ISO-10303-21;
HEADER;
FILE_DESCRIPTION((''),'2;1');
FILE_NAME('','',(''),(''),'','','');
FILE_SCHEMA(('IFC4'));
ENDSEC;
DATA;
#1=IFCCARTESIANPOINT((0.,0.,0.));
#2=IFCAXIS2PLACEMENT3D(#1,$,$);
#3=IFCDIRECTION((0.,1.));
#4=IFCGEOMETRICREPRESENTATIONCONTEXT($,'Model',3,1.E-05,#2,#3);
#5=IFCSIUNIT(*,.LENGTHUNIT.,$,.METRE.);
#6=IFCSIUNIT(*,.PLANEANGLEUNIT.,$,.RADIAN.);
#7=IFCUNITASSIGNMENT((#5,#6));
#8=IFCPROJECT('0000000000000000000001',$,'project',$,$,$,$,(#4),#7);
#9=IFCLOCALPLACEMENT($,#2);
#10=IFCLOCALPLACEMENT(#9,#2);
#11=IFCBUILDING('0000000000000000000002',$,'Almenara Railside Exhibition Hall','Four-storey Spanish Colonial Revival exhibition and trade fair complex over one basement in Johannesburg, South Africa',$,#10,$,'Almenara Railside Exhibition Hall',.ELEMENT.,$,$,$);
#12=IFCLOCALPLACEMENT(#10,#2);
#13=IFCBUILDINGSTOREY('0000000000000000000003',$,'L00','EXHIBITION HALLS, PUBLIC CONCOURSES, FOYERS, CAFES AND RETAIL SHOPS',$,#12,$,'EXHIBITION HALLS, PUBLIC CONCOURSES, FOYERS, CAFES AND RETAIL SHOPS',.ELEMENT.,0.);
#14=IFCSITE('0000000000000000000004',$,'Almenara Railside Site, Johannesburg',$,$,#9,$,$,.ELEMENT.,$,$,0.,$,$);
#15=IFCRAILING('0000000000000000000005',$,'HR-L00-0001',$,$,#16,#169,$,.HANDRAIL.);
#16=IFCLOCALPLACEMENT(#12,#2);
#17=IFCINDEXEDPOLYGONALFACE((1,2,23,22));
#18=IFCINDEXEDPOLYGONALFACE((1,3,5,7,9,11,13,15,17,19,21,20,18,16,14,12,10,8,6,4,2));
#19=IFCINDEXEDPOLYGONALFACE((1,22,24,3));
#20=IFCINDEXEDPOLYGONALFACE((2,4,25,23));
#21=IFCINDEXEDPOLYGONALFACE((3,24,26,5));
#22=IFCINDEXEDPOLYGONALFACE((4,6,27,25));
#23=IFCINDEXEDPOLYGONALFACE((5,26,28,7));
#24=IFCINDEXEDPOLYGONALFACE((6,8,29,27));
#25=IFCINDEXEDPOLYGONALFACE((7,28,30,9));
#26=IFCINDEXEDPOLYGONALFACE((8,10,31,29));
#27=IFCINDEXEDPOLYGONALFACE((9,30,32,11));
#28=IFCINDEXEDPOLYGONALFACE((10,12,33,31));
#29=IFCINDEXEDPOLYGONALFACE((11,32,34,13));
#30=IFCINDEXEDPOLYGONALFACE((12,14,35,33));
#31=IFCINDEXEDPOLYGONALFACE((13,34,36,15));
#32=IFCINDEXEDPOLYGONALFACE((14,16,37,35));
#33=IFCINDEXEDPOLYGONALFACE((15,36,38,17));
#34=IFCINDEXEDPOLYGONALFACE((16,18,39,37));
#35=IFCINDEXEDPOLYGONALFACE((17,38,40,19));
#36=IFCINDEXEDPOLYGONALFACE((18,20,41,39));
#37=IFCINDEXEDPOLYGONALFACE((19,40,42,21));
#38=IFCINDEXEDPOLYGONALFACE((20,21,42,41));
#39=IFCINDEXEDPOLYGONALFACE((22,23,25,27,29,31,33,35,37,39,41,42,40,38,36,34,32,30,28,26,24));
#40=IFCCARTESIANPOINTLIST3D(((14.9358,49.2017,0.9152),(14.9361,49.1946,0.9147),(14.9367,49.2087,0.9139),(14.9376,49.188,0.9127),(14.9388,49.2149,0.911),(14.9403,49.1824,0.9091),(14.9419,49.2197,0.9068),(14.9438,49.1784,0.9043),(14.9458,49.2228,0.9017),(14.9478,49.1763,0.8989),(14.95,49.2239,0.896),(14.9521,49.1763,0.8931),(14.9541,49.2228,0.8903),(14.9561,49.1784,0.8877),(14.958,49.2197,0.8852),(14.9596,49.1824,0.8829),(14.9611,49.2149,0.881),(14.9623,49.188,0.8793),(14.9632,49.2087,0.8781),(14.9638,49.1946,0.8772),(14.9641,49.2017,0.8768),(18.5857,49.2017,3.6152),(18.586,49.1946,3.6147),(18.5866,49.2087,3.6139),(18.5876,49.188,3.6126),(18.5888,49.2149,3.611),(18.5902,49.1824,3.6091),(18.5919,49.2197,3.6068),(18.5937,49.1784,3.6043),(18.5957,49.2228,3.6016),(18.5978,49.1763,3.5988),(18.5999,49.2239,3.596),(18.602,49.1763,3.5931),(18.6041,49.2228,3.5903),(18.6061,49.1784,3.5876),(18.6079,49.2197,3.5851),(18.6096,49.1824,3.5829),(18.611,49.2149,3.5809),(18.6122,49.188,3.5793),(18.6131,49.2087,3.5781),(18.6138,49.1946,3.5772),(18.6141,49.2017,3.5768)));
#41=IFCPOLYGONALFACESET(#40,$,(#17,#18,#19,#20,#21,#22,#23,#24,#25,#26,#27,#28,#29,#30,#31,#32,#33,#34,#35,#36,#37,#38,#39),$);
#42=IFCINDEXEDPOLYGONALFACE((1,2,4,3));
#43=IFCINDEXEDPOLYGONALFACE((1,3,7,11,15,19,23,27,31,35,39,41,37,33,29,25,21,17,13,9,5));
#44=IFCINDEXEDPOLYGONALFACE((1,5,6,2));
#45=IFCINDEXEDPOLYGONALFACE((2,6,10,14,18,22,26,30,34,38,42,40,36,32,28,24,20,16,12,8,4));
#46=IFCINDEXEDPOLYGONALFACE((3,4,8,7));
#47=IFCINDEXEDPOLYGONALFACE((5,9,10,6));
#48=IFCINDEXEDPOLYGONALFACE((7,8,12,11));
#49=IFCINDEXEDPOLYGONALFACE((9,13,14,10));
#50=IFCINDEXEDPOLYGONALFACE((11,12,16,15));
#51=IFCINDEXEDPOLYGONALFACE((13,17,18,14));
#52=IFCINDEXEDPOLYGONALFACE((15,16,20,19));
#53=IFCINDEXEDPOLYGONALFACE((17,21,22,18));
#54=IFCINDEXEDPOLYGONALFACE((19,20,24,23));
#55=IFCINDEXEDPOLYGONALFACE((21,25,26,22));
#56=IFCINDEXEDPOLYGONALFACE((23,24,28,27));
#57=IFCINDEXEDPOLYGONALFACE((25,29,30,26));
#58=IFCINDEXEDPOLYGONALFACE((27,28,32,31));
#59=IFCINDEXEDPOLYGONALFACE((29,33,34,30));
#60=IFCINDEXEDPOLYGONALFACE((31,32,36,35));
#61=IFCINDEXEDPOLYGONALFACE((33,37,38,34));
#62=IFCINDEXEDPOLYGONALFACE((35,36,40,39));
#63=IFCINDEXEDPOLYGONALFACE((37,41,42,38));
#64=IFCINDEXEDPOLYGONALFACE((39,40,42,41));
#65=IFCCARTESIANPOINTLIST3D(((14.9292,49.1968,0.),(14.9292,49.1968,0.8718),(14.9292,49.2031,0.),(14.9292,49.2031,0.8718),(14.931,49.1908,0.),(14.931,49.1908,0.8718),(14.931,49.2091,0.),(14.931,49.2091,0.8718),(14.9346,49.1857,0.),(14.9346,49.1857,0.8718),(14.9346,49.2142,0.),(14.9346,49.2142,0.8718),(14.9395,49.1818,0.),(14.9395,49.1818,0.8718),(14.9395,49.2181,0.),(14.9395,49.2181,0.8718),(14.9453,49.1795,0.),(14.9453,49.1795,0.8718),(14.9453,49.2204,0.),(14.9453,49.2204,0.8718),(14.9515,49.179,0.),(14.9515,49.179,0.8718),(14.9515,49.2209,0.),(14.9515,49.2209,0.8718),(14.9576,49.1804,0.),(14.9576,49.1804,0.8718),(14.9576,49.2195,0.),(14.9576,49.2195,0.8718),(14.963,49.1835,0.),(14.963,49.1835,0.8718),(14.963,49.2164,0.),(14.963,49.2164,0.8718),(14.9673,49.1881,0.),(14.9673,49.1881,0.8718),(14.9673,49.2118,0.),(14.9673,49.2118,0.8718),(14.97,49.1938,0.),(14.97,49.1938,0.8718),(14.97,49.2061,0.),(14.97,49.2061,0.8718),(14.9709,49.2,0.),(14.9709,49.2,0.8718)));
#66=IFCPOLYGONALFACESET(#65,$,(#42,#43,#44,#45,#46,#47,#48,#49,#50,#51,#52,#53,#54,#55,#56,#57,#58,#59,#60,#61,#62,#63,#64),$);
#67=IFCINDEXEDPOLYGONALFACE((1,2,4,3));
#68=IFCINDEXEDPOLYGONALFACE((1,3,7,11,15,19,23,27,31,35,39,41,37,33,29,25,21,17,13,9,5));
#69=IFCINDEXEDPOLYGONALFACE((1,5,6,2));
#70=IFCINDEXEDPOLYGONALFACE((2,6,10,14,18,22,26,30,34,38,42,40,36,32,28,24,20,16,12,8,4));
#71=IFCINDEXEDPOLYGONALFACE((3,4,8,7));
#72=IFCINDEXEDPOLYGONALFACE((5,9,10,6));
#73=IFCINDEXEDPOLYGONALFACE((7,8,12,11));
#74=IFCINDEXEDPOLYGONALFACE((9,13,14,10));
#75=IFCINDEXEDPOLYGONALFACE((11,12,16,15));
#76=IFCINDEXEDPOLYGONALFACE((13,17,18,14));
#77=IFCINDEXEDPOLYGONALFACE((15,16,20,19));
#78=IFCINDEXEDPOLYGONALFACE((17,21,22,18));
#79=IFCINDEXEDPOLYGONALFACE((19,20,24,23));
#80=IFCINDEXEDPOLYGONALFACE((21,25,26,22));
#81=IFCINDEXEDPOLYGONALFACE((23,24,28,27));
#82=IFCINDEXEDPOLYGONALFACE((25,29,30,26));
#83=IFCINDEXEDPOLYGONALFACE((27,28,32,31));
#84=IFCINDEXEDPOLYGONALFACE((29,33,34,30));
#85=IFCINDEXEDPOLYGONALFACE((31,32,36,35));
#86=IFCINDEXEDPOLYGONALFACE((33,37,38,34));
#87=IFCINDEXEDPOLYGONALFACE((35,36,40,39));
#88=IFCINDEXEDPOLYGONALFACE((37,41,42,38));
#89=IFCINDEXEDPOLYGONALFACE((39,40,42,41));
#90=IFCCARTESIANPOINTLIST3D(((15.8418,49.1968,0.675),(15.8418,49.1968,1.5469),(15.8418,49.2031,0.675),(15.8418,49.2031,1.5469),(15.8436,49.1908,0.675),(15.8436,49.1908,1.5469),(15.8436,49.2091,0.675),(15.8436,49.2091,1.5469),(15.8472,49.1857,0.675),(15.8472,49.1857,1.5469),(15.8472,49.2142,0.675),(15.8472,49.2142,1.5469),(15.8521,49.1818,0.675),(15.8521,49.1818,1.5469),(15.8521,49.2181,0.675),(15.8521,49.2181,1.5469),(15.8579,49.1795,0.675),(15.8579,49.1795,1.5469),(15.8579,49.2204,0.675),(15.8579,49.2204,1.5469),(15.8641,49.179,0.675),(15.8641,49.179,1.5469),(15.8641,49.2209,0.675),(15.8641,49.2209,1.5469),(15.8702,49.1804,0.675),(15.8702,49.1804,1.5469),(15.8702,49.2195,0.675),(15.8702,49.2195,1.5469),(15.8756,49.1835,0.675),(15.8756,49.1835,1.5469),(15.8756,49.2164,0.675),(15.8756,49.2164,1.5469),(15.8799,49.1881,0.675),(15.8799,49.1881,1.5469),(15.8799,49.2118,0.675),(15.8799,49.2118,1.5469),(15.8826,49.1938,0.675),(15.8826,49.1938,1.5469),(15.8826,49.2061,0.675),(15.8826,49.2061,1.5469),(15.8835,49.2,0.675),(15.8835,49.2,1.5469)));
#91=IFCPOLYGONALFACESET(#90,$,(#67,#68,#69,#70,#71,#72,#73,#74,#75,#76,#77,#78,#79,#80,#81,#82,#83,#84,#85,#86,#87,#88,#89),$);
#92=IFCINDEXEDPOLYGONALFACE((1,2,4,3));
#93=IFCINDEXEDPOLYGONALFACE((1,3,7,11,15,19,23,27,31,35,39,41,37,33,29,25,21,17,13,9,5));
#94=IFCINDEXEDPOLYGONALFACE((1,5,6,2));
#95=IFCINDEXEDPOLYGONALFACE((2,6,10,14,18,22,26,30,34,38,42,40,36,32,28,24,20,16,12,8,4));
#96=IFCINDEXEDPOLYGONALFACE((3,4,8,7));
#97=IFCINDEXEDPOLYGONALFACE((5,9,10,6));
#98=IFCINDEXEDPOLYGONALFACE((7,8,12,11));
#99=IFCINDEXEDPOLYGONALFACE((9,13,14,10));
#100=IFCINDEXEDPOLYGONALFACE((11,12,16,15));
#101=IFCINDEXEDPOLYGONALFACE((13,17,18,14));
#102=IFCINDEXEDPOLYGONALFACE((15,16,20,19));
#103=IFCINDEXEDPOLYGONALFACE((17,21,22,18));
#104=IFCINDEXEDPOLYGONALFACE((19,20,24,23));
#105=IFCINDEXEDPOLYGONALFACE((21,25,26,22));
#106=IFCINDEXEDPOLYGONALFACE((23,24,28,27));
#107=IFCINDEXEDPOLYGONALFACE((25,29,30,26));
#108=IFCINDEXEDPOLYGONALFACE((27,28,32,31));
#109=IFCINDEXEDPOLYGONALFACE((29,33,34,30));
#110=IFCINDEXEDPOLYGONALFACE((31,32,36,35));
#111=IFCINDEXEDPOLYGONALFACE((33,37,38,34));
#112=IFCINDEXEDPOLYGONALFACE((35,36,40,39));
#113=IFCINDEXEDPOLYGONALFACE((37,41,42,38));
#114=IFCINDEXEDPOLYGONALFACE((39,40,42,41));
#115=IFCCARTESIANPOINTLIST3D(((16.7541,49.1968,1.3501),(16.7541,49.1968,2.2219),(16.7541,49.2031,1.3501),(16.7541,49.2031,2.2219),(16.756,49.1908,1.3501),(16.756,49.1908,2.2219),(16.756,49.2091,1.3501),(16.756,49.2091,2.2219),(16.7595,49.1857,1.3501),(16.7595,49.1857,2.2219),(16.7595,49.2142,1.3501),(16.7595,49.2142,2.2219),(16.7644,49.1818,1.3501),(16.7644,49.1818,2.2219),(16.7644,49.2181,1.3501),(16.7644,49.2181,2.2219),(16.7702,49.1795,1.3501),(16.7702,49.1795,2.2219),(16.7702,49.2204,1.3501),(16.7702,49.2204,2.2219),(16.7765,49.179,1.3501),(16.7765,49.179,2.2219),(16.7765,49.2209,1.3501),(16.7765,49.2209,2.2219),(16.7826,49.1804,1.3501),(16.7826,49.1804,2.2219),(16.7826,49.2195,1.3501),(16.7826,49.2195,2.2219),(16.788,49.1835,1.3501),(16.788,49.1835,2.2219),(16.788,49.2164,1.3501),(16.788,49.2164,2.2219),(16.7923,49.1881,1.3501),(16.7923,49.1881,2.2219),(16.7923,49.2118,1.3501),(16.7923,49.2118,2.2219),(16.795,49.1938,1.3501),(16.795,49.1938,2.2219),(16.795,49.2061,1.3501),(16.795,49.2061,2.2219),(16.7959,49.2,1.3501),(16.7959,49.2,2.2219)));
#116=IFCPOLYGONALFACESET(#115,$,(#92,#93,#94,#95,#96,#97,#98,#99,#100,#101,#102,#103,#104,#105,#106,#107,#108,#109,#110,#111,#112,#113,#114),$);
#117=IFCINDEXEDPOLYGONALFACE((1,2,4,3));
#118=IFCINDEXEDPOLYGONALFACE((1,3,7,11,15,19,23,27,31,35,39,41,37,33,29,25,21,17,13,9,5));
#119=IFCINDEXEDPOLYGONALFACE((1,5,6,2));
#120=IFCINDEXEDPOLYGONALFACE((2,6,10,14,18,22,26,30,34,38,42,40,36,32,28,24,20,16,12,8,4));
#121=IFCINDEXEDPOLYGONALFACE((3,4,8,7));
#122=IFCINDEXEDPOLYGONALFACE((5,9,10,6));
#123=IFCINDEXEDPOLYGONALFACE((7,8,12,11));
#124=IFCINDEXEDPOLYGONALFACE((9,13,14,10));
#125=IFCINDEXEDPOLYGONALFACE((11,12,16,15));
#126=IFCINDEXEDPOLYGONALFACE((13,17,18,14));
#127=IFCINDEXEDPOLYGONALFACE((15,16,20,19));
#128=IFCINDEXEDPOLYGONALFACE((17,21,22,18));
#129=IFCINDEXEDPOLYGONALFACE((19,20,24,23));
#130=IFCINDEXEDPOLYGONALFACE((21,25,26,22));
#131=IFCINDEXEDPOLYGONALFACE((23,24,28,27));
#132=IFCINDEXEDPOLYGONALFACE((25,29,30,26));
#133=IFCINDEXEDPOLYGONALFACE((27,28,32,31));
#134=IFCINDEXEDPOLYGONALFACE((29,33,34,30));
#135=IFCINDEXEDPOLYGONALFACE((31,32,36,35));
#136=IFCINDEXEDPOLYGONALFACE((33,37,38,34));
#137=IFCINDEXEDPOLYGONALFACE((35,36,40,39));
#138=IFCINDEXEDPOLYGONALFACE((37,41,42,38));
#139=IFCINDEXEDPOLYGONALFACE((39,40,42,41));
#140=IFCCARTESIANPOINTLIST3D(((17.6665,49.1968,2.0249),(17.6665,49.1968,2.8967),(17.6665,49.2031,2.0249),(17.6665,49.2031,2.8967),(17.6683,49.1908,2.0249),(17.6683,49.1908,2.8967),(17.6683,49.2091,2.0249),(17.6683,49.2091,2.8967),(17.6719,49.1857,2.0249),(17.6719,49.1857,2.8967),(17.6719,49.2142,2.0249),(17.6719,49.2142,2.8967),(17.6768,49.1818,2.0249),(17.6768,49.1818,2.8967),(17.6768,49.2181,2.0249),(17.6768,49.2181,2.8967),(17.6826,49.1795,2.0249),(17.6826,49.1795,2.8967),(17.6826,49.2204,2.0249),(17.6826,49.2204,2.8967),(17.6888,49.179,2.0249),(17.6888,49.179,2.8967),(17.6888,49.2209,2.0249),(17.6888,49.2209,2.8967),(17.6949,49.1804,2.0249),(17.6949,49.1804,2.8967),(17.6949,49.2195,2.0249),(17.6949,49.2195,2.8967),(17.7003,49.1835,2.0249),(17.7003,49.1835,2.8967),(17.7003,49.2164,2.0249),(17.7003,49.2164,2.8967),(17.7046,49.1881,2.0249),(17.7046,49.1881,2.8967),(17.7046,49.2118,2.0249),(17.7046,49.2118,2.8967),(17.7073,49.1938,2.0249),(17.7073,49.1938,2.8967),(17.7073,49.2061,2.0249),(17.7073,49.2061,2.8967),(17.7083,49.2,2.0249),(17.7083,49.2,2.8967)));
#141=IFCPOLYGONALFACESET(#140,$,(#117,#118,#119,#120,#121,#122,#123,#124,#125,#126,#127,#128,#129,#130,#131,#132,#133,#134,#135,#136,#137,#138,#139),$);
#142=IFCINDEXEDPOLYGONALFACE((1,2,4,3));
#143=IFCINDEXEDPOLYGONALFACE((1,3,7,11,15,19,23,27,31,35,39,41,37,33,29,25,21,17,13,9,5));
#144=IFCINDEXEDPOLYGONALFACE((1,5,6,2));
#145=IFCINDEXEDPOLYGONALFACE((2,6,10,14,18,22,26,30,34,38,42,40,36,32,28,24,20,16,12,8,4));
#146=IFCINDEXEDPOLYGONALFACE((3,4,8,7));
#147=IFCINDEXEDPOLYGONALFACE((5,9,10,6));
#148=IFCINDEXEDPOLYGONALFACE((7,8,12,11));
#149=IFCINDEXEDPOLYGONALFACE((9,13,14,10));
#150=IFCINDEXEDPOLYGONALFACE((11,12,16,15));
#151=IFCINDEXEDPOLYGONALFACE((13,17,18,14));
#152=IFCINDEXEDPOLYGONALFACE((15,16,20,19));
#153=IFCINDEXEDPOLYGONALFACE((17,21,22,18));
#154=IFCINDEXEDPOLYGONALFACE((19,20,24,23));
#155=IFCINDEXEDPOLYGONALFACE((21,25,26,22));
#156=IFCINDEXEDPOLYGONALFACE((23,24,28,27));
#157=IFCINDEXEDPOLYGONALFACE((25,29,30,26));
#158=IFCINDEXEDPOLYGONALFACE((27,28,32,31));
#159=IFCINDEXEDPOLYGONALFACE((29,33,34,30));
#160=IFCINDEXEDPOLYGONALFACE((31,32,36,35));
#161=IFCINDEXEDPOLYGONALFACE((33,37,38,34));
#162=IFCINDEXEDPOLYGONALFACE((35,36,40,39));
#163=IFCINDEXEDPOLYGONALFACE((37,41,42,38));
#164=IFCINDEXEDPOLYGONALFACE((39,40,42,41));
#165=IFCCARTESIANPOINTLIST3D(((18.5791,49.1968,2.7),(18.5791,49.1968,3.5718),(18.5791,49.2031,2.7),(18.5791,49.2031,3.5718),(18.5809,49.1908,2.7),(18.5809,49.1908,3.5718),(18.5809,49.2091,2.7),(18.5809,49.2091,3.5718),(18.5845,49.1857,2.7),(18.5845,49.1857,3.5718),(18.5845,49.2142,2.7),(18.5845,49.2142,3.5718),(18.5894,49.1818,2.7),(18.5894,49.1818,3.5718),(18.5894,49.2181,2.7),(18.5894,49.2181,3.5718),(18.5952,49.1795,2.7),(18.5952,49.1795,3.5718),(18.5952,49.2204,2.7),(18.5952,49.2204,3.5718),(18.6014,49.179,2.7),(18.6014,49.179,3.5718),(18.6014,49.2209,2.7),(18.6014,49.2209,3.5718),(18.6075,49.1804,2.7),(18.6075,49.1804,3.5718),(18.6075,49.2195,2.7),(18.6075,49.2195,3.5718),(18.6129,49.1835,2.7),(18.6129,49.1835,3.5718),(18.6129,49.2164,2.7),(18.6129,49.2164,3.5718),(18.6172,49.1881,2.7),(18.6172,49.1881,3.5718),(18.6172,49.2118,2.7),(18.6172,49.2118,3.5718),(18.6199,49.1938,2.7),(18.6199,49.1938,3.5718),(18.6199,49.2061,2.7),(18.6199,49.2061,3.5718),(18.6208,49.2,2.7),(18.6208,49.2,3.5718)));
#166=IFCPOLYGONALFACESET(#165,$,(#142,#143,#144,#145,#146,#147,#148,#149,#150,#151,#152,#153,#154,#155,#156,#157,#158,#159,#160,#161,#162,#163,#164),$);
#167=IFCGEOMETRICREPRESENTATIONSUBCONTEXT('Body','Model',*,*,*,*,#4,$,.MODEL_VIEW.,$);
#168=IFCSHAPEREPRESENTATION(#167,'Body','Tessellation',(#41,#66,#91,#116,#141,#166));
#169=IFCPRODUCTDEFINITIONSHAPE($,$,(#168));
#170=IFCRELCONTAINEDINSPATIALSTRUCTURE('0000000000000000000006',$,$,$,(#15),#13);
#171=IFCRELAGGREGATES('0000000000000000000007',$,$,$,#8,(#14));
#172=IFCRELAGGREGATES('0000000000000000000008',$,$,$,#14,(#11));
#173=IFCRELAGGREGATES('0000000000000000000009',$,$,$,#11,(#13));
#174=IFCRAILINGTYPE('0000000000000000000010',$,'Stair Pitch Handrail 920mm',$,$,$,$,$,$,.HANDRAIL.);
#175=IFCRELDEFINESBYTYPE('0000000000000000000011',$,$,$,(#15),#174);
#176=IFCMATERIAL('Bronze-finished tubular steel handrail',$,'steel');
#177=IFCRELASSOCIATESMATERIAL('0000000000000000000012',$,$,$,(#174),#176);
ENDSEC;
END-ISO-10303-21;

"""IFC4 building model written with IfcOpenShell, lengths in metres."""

from ifc_helpers import new_model, si_unit, direction, frame, origin, origin_2d, place, context, subcontext, project, spatial, circle, extrude, material, type_object, element, save


model = new_model("IFC4")

# Units and contexts
model_context = context("Model", 3, precision=1e-05, world=origin(), true_north=direction((0.0, 1.0)))
body_context = subcontext(model_context, "Body", "Model", "MODEL_VIEW")
ifc_project = project(units=[si_unit("LENGTHUNIT", "METRE"), si_unit("PLANEANGLEUNIT", "RADIAN")], contexts=[model_context])

# Site, building, storey
site_placement = place(None, origin())
site = spatial("IfcSite", under=ifc_project, at=site_placement, Name="Almenara Railside Site, Johannesburg", CompositionType="ELEMENT", RefElevation=0.0)
building_placement = place(site_placement, origin())
building = spatial("IfcBuilding", under=site, at=building_placement, Name="Almenara Railside Exhibition Hall", Description="Four-storey Spanish Colonial Revival exhibition and trade fair complex over one basement in Johannesburg, South Africa", LongName="Almenara Railside Exhibition Hall", CompositionType="ELEMENT")
storey_placement = place(building_placement, origin())
storey = spatial("IfcBuildingStorey", under=building, at=storey_placement, Name="L00", Description="EXHIBITION HALLS, PUBLIC CONCOURSES, FOYERS, CAFES AND RETAIL SHOPS", LongName="EXHIBITION HALLS, PUBLIC CONCOURSES, FOYERS, CAFES AND RETAIL SHOPS", CompositionType="ELEMENT", Elevation=0.0)

# Railing
ifc_material_1 = material(Name="Bronze-finished tubular steel handrail", Category="steel")
railing_type_1 = type_object("IfcRailingType", Name="Stair Pitch Handrail 920mm", PredefinedType="HANDRAIL", material=ifc_material_1)
railing_1_placement = place(storey_placement, frame((14.95, 49.2, 0.0)))
element("IfcRailing", 1, at=railing_1_placement, inside=storey, type_object=railing_type_1, Name="HR-L00-0001", PredefinedType="HANDRAIL", context=body_context, shape_type="SweptSolid", body=[
    extrude(circle(Radius=0.0239, at=origin_2d()), frame((0.0, 0.0, 0.896), z_axis=(0.803945, 0.0, 0.594704), x_axis=(0.0, 1.0, 0.0)), (0.0, 0.0, 1.0), 4.54),
    extrude(circle(Radius=0.021, at=origin_2d()), origin(), (0.0, 0.0, 1.0), 0.8718),
    extrude(circle(Radius=0.021, at=origin_2d()), frame((0.9126, 0.0, 0.675)), (0.0, 0.0, 1.0), 0.8718),
    extrude(circle(Radius=0.021, at=origin_2d()), frame((1.825, 0.0, 1.3501)), (0.0, 0.0, 1.0), 0.8718),
    extrude(circle(Radius=0.021, at=origin_2d()), frame((2.7373, 0.0, 2.0249)), (0.0, 0.0, 1.0), 0.8718),
    extrude(circle(Radius=0.021, at=origin_2d()), frame((3.6499, 0.0, 2.7)), (0.0, 0.0, 1.0), 0.8718),
])

save(model, "model.ifc")
